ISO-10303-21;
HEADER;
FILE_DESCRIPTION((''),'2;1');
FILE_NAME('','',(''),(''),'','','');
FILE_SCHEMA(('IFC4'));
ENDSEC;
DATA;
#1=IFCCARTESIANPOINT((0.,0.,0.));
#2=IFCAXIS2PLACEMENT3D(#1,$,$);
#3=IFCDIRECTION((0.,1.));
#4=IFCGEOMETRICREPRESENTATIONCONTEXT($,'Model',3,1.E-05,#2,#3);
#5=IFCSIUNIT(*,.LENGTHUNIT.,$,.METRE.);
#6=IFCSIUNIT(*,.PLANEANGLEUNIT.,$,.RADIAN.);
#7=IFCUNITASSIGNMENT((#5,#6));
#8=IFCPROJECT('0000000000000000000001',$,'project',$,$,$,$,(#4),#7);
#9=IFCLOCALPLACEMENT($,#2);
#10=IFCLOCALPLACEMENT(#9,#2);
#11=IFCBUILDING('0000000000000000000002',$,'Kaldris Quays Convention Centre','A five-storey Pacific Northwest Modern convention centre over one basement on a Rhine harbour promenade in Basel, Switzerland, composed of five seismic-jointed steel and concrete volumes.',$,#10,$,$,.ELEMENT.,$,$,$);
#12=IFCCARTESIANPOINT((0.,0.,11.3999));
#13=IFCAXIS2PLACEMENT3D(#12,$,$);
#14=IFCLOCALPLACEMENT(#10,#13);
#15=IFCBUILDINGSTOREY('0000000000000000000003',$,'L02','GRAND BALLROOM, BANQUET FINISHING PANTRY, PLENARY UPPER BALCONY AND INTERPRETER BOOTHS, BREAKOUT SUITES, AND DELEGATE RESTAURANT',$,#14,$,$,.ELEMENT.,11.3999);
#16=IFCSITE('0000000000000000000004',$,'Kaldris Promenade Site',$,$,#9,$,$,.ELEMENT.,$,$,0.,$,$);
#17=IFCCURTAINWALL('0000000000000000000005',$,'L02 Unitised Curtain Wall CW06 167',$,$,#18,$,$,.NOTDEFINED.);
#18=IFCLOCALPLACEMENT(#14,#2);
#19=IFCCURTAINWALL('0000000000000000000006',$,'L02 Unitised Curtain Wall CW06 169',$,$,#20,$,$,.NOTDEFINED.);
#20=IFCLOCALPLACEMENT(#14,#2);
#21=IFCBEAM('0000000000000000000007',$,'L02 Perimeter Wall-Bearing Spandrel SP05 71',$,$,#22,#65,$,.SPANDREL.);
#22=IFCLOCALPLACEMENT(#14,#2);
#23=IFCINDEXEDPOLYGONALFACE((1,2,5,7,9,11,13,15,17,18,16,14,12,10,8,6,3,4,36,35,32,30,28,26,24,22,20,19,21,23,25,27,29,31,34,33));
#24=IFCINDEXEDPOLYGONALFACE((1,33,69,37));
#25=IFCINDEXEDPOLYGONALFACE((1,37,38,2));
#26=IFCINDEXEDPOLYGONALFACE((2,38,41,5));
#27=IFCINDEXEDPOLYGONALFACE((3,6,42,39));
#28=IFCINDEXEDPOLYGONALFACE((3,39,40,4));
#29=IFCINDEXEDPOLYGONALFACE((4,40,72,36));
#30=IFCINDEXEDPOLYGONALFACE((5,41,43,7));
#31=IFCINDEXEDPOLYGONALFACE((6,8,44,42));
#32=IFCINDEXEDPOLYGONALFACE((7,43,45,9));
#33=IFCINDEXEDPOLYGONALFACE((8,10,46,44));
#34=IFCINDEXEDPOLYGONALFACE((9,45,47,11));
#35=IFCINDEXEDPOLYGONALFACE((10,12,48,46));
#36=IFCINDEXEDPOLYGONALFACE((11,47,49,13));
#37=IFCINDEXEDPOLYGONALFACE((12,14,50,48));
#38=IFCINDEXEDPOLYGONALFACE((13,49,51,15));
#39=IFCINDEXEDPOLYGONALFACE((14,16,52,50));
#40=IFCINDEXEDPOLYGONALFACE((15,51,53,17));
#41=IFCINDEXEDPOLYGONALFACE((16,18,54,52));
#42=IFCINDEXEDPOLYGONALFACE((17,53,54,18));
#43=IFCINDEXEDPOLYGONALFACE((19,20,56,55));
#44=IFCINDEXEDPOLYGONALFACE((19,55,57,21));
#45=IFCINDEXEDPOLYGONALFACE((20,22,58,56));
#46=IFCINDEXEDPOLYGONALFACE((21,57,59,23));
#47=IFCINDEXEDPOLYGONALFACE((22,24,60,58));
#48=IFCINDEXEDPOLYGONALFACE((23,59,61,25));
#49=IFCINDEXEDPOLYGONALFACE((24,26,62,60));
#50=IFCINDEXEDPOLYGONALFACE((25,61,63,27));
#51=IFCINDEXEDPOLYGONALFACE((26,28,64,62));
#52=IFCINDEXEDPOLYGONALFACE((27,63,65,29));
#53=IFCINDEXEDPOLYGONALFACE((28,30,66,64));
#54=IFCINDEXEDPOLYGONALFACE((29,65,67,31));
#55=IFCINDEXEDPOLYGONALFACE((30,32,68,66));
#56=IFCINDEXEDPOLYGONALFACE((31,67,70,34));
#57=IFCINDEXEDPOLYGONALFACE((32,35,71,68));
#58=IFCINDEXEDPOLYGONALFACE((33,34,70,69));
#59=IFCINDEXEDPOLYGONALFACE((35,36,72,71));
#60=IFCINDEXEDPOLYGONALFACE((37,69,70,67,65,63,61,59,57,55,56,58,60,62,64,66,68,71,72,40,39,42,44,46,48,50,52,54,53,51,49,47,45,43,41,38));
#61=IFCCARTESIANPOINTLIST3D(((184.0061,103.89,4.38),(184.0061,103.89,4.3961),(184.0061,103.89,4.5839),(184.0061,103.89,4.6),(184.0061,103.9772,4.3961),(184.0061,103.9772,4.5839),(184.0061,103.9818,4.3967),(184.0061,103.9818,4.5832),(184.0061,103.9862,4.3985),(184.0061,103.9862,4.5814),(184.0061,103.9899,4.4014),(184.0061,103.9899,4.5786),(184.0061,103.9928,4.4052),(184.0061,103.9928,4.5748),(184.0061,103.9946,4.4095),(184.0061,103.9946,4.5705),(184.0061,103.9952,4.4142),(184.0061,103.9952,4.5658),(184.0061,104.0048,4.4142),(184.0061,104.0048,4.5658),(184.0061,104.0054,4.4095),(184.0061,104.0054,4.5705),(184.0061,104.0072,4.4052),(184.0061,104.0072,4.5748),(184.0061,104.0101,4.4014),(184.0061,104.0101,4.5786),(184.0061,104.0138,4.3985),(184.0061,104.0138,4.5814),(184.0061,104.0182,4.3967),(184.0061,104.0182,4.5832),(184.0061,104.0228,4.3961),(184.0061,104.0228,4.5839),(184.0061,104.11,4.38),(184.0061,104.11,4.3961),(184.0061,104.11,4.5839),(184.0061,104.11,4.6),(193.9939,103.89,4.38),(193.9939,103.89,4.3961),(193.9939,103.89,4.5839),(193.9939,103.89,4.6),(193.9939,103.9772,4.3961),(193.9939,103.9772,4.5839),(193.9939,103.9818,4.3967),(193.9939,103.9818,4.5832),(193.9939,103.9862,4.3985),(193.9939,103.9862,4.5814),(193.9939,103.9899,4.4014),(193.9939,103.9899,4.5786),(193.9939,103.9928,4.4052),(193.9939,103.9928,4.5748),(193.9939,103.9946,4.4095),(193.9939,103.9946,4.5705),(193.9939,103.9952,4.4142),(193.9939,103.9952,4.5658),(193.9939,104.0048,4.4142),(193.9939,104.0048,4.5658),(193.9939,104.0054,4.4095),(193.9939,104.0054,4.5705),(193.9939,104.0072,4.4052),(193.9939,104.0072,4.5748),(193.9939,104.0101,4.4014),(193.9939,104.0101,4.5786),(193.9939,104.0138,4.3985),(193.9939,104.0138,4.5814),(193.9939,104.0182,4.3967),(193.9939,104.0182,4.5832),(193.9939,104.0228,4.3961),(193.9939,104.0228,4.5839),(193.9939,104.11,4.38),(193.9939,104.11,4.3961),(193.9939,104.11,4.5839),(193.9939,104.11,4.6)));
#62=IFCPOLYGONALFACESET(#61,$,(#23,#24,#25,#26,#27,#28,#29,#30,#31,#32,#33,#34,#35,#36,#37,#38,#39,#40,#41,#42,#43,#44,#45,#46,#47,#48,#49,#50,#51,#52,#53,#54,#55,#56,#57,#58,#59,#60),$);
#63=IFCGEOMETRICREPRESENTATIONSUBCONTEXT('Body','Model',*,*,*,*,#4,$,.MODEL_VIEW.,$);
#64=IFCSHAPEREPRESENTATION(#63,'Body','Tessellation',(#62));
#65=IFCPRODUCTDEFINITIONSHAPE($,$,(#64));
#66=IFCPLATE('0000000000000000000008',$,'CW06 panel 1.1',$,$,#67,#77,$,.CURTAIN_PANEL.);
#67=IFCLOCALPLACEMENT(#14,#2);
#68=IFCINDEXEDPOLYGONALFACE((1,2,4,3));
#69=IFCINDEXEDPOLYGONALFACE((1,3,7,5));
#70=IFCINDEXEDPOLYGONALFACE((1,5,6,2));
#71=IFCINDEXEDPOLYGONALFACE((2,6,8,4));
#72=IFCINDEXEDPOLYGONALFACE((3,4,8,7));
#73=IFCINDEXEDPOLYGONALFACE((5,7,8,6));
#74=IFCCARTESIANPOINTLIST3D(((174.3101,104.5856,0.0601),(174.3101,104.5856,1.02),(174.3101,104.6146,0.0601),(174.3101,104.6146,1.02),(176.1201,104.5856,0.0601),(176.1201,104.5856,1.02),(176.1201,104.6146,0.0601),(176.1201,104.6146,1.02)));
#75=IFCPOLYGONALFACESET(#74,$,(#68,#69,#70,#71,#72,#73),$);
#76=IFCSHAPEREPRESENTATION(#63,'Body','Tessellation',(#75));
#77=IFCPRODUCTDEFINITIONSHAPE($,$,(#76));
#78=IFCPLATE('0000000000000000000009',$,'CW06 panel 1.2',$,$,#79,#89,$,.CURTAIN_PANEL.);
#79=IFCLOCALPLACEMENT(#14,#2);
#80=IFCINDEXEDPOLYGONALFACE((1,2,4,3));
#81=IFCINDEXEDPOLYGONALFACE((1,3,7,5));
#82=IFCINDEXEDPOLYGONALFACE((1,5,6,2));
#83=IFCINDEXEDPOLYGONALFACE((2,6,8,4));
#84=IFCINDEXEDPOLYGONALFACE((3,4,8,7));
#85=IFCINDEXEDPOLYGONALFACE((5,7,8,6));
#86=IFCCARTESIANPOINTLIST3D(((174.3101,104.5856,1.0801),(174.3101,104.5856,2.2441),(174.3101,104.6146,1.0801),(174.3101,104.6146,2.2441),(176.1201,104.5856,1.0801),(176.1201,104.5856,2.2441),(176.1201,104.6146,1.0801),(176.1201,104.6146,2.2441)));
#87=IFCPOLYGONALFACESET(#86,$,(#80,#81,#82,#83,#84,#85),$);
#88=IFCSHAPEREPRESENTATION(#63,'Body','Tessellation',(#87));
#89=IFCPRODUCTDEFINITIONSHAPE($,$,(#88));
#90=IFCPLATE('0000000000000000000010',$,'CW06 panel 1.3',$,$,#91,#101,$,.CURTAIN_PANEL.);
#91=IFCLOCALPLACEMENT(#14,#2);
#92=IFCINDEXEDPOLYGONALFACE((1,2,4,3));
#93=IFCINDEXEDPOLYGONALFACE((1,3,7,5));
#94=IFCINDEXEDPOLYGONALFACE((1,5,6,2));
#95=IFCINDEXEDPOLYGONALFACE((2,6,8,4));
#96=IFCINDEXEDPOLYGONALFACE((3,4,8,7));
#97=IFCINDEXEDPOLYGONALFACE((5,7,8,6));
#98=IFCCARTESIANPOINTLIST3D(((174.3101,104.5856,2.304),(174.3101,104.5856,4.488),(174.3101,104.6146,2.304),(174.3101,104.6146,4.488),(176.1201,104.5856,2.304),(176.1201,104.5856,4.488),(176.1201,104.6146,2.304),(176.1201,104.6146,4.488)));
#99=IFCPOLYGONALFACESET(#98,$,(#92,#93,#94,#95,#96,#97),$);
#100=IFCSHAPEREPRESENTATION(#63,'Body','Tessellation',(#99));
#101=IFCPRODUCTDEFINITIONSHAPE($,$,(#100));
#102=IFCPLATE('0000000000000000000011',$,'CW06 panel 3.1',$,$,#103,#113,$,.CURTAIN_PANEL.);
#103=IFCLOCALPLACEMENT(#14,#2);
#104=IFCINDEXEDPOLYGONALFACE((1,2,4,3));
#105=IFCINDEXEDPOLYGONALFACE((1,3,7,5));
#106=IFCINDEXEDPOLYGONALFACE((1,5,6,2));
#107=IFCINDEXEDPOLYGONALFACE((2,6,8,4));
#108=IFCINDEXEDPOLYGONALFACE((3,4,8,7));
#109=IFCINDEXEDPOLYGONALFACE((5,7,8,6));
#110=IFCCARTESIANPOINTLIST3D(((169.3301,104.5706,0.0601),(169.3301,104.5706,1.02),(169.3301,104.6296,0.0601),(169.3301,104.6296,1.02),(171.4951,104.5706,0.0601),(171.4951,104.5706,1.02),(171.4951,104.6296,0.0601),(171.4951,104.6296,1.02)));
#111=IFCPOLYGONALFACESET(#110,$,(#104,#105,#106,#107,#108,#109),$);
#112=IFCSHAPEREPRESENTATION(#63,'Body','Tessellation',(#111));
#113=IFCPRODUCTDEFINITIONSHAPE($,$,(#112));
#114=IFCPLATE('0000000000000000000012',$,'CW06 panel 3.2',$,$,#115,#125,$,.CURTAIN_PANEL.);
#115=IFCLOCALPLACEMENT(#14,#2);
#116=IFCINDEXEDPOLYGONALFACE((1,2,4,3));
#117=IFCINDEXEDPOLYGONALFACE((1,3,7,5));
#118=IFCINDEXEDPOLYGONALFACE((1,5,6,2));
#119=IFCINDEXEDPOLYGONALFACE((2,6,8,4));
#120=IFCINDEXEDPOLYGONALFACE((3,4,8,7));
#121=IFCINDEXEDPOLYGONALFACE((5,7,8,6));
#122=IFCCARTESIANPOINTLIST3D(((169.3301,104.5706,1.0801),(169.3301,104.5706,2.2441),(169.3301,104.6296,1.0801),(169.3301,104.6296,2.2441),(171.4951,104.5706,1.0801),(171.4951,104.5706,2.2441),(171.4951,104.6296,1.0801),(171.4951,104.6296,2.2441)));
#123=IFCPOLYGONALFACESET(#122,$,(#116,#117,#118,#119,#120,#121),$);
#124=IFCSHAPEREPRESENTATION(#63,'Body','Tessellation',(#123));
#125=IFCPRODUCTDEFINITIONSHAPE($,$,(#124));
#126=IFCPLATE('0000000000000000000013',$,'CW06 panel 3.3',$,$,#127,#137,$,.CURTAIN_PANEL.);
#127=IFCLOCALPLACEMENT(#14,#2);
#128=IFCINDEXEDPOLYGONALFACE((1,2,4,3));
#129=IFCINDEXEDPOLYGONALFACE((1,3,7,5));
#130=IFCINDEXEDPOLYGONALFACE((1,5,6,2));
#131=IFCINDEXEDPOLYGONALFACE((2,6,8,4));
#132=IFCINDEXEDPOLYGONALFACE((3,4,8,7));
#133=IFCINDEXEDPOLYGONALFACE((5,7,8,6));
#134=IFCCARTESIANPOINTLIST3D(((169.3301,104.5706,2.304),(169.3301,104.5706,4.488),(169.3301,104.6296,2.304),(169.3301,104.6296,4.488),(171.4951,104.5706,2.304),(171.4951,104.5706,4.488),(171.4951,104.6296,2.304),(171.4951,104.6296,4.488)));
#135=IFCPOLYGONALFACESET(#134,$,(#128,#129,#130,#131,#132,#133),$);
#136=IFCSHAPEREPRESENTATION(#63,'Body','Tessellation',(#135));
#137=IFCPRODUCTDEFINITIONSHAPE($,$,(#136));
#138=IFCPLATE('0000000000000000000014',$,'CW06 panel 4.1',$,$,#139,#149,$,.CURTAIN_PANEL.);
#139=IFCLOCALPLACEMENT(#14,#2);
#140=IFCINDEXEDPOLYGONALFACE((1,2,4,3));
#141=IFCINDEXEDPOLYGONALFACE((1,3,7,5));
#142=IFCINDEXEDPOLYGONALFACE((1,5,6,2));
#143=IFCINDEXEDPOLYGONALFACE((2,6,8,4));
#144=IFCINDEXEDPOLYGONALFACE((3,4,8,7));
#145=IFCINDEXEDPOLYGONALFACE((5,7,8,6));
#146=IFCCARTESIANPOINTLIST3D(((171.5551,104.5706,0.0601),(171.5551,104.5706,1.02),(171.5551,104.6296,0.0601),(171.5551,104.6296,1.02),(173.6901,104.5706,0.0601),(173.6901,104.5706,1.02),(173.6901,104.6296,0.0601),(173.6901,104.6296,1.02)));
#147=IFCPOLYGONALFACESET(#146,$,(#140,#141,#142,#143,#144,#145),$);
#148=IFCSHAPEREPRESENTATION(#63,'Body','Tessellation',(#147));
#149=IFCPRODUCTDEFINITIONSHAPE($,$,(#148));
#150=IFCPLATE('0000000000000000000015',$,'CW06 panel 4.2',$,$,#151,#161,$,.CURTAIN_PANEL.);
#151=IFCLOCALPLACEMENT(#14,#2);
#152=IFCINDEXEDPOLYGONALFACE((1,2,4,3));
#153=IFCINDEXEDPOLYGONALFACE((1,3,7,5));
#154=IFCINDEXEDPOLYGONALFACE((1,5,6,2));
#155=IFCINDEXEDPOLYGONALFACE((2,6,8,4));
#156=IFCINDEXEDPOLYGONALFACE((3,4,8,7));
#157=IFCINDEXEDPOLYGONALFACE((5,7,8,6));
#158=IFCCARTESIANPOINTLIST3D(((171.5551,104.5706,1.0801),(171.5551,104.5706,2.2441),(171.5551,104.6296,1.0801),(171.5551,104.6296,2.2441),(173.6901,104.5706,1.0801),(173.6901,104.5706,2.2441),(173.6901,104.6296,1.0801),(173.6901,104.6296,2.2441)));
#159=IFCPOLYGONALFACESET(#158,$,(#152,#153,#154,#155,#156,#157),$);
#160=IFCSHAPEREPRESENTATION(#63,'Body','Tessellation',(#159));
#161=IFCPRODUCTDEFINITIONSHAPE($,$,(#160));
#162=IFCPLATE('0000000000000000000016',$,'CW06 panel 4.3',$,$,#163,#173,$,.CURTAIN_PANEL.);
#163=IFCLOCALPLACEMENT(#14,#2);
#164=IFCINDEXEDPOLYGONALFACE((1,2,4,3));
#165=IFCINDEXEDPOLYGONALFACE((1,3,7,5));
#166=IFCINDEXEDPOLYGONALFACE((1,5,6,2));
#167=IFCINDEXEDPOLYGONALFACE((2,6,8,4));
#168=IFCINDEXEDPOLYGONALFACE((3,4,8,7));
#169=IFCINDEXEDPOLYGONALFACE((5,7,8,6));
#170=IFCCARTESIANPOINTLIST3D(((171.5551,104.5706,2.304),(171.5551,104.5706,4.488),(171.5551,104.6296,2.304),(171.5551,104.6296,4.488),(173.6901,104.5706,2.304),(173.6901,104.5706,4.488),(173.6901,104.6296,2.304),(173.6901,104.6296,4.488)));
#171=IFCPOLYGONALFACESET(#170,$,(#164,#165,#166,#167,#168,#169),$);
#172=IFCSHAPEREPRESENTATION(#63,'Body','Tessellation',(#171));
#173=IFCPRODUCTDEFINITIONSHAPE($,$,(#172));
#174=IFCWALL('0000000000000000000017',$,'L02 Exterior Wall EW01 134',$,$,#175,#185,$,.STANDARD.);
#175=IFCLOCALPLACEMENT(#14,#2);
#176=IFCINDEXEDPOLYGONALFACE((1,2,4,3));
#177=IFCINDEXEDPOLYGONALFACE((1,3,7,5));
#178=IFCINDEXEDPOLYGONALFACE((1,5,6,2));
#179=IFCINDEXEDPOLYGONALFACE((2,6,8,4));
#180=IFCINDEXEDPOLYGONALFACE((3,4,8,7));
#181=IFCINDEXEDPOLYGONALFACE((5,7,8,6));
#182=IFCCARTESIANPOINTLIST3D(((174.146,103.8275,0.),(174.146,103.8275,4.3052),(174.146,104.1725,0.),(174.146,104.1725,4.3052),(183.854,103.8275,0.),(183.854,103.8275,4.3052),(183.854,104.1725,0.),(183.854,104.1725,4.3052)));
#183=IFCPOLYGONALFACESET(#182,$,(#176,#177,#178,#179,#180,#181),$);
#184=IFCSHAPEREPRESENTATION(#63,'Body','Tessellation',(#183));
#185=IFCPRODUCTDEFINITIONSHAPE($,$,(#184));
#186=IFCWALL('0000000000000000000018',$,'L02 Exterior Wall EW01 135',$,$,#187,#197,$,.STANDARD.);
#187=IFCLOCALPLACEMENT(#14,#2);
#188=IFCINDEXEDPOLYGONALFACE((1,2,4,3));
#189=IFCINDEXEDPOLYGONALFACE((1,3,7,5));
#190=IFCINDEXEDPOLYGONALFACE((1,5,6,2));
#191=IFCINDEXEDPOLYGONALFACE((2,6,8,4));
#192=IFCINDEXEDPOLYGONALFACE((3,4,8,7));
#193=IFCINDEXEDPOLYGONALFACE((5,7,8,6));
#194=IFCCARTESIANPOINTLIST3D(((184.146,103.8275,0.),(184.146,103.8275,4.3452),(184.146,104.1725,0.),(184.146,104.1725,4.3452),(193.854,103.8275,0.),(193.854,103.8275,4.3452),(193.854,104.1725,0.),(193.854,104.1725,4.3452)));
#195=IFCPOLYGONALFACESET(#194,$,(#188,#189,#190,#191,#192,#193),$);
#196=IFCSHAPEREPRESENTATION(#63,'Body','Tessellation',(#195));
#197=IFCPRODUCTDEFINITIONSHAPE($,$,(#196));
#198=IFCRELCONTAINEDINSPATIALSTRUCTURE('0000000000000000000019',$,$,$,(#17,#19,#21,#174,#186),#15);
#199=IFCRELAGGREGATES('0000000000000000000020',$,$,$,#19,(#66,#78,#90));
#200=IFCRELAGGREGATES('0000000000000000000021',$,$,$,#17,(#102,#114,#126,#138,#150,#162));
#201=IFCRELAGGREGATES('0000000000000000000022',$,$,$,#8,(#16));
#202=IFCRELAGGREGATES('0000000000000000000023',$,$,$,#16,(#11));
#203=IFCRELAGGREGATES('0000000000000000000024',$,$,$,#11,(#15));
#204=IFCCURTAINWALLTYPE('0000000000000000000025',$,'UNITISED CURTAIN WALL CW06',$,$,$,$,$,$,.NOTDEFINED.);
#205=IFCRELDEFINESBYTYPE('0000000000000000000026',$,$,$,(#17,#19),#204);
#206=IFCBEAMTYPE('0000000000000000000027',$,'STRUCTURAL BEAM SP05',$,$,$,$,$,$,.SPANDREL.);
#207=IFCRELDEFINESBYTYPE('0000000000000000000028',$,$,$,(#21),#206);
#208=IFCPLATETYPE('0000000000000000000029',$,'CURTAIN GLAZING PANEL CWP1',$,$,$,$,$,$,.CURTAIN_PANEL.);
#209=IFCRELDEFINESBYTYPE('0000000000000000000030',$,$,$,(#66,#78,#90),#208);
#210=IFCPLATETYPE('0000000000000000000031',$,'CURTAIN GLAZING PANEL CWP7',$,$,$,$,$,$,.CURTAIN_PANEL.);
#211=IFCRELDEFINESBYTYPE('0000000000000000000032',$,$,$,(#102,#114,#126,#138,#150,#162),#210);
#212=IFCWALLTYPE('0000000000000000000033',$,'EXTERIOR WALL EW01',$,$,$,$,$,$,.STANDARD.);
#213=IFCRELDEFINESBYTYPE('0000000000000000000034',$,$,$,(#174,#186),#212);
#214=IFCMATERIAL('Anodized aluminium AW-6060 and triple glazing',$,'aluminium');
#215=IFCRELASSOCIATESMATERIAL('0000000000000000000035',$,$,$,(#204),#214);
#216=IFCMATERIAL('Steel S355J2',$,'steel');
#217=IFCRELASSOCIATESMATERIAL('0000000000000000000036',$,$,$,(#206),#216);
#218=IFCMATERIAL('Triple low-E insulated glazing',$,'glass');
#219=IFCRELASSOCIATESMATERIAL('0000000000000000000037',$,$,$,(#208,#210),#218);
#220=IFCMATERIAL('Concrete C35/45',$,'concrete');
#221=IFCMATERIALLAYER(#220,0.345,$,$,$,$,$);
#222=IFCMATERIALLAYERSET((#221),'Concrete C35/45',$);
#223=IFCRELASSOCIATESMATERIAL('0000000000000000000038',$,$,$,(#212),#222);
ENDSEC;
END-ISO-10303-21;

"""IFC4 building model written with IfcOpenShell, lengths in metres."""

from ifc_helpers import new_model, si_unit, direction, frame, frame_2d, origin, origin_2d, place, context, subcontext, project, spatial, rectangle, i_section, extrude, material, layer, layer_set, material_profile, profile_set, type_object, element, aggregate, save


model = new_model("IFC4")

# Units and contexts
model_context = context("Model", 3, precision=1e-05, world=origin(), true_north=direction((0.0, 1.0)))
body_context = subcontext(model_context, "Body", "Model", "MODEL_VIEW")
ifc_project = project(units=[si_unit("LENGTHUNIT", "METRE"), si_unit("PLANEANGLEUNIT", "RADIAN")], contexts=[model_context])

# Site, building, storey
site_placement = place(None, origin())
site = spatial("IfcSite", under=ifc_project, at=site_placement, Name="Kaldris Promenade Site", CompositionType="ELEMENT", RefElevation=0.0)
building_placement = place(site_placement, origin())
building = spatial("IfcBuilding", under=site, at=building_placement, Name="Kaldris Quays Convention Centre", Description="A five-storey Pacific Northwest Modern convention centre over one basement on a Rhine harbour promenade in Basel, Switzerland, composed of five seismic-jointed steel and concrete volumes.", CompositionType="ELEMENT")
storey_placement = place(building_placement, frame((0.0, 0.0, 11.3999)))
storey = spatial("IfcBuildingStorey", under=building, at=storey_placement, Name="L02", Description="GRAND BALLROOM, BANQUET FINISHING PANTRY, PLENARY UPPER BALCONY AND INTERPRETER BOOTHS, BREAKOUT SUITES, AND DELEGATE RESTAURANT", CompositionType="ELEMENT", Elevation=11.3999)

# Shared definitions
ifc_material_1 = material(Name="Steel S355J2", Category="steel")

# Curtain walls
ifc_material_2 = material(Name="Anodized aluminium AW-6060 and triple glazing", Category="aluminium")
curtain_wall_type = type_object("IfcCurtainWallType", Name="UNITISED CURTAIN WALL CW06", PredefinedType="NOTDEFINED", material=ifc_material_2)
curtain_wall_1_placement = place(storey_placement, origin())
curtain_wall_1 = element("IfcCurtainWall", 1, at=curtain_wall_1_placement, inside=storey, type_object=curtain_wall_type, Name="L02 Unitised Curtain Wall CW06 167", PredefinedType="NOTDEFINED")
curtain_wall_2_placement = place(storey_placement, origin())
curtain_wall_2 = element("IfcCurtainWall", 2, at=curtain_wall_2_placement, inside=storey, type_object=curtain_wall_type, Name="L02 Unitised Curtain Wall CW06 169", PredefinedType="NOTDEFINED")

# Beam
ifc_material_profile_1 = material_profile(ifc_material_1, i_section(OverallWidth=0.22, OverallDepth=0.22, WebThickness=0.0095, FlangeThickness=0.0161, FilletRadius=0.0181, at=origin_2d()), Name="HEB 220")
ifc_profile_set_1 = profile_set([ifc_material_profile_1], Name="Steel S355J2")
beam_type_1 = type_object("IfcBeamType", Name="STRUCTURAL BEAM SP05", PredefinedType="SPANDREL", material=ifc_profile_set_1)
beam_1_placement = place(storey_placement, frame((184.0061, 104.0, 4.49), z_axis=(1.0, 0.0, 0.0), x_axis=(0.0, 1.0, 0.0)))
element("IfcBeam", 3, at=beam_1_placement, inside=storey, type_object=beam_type_1, Name="L02 Perimeter Wall-Bearing Spandrel SP05 71", PredefinedType="SPANDREL", context=body_context, shape_type="SweptSolid", body=[
    extrude(i_section(OverallWidth=0.22, OverallDepth=0.22, WebThickness=0.0095, FlangeThickness=0.0161, FilletRadius=0.0181, at=origin_2d()), origin(), (0.0, 0.0, 1.0), 9.9878),
])

# Plates
ifc_material_3 = material(Name="Triple low-E insulated glazing", Category="glass")
plate_type_1 = type_object("IfcPlateType", Name="CURTAIN GLAZING PANEL CWP1", PredefinedType="CURTAIN_PANEL", material=ifc_material_3)
plate_1_placement = place(storey_placement, frame((175.2151, 104.6001, 0.0601), z_axis=(0.0, 0.0, 1.0), x_axis=(1.0, 0.0, 0.0)))
plate_1 = element("IfcPlate", 4, at=plate_1_placement, type_object=plate_type_1, Name="CW06 panel 1.1", PredefinedType="CURTAIN_PANEL", context=body_context, shape_type="SweptSolid", body=[
    extrude(rectangle(XDim=1.8101, YDim=0.0291, at=origin_2d()), origin(), (0.0, 0.0, 1.0), 0.96),
])
plate_2_placement = place(storey_placement, frame((175.2151, 104.6001, 1.0801), z_axis=(0.0, 0.0, 1.0), x_axis=(1.0, 0.0, 0.0)))
plate_2 = element("IfcPlate", 5, at=plate_2_placement, type_object=plate_type_1, Name="CW06 panel 1.2", PredefinedType="CURTAIN_PANEL", context=body_context, shape_type="SweptSolid", body=[
    extrude(rectangle(XDim=1.8101, YDim=0.0291, at=origin_2d()), origin(), (0.0, 0.0, 1.0), 1.1641),
])
plate_3_placement = place(storey_placement, frame((175.2151, 104.6001, 2.304), z_axis=(0.0, 0.0, 1.0), x_axis=(1.0, 0.0, 0.0)))
plate_3 = element("IfcPlate", 6, at=plate_3_placement, type_object=plate_type_1, Name="CW06 panel 1.3", PredefinedType="CURTAIN_PANEL", context=body_context, shape_type="SweptSolid", body=[
    extrude(rectangle(XDim=1.8101, YDim=0.0291, at=origin_2d()), origin(), (0.0, 0.0, 1.0), 2.1841),
])
aggregate(curtain_wall_2, [plate_1, plate_2, plate_3])
plate_type_2 = type_object("IfcPlateType", Name="CURTAIN GLAZING PANEL CWP7", PredefinedType="CURTAIN_PANEL", material=ifc_material_3)
plate_4_placement = place(storey_placement, frame((170.4126, 104.6001, 0.0601), z_axis=(0.0, 0.0, 1.0), x_axis=(1.0, 0.0, 0.0)))
plate_4 = element("IfcPlate", 7, at=plate_4_placement, type_object=plate_type_2, Name="CW06 panel 3.1", PredefinedType="CURTAIN_PANEL", context=body_context, shape_type="SweptSolid", body=[
    extrude(rectangle(XDim=2.165, YDim=0.0591, at=origin_2d()), origin(), (0.0, 0.0, 1.0), 0.96),
])
plate_5_placement = place(storey_placement, frame((170.4126, 104.6001, 1.0801), z_axis=(0.0, 0.0, 1.0), x_axis=(1.0, 0.0, 0.0)))
plate_5 = element("IfcPlate", 8, at=plate_5_placement, type_object=plate_type_2, Name="CW06 panel 3.2", PredefinedType="CURTAIN_PANEL", context=body_context, shape_type="SweptSolid", body=[
    extrude(rectangle(XDim=2.165, YDim=0.0591, at=origin_2d()), origin(), (0.0, 0.0, 1.0), 1.1641),
])
plate_6_placement = place(storey_placement, frame((170.4126, 104.6001, 2.304), z_axis=(0.0, 0.0, 1.0), x_axis=(1.0, 0.0, 0.0)))
plate_6 = element("IfcPlate", 9, at=plate_6_placement, type_object=plate_type_2, Name="CW06 panel 3.3", PredefinedType="CURTAIN_PANEL", context=body_context, shape_type="SweptSolid", body=[
    extrude(rectangle(XDim=2.165, YDim=0.0591, at=origin_2d()), origin(), (0.0, 0.0, 1.0), 2.1841),
])
plate_7_placement = place(storey_placement, frame((172.6226, 104.6001, 0.0601), z_axis=(0.0, 0.0, 1.0), x_axis=(1.0, 0.0, 0.0)))
plate_7 = element("IfcPlate", 10, at=plate_7_placement, type_object=plate_type_2, Name="CW06 panel 4.1", PredefinedType="CURTAIN_PANEL", context=body_context, shape_type="SweptSolid", body=[
    extrude(rectangle(XDim=2.135, YDim=0.0591, at=origin_2d()), origin(), (0.0, 0.0, 1.0), 0.96),
])
plate_8_placement = place(storey_placement, frame((172.6226, 104.6001, 1.0801), z_axis=(0.0, 0.0, 1.0), x_axis=(1.0, 0.0, 0.0)))
plate_8 = element("IfcPlate", 11, at=plate_8_placement, type_object=plate_type_2, Name="CW06 panel 4.2", PredefinedType="CURTAIN_PANEL", context=body_context, shape_type="SweptSolid", body=[
    extrude(rectangle(XDim=2.135, YDim=0.0591, at=origin_2d()), origin(), (0.0, 0.0, 1.0), 1.1641),
])
plate_9_placement = place(storey_placement, frame((172.6226, 104.6001, 2.304), z_axis=(0.0, 0.0, 1.0), x_axis=(1.0, 0.0, 0.0)))
plate_9 = element("IfcPlate", 12, at=plate_9_placement, type_object=plate_type_2, Name="CW06 panel 4.3", PredefinedType="CURTAIN_PANEL", context=body_context, shape_type="SweptSolid", body=[
    extrude(rectangle(XDim=2.135, YDim=0.0591, at=origin_2d()), origin(), (0.0, 0.0, 1.0), 2.1841),
])
aggregate(curtain_wall_1, [plate_4, plate_5, plate_6, plate_7, plate_8, plate_9])

# Walls
ifc_material_4 = material(Name="Concrete C35/45", Category="concrete")
ifc_layer = layer(ifc_material_4, 0.345)
ifc_layer_set = layer_set([ifc_layer], Name="Concrete C35/45")
wall_type = type_object("IfcWallType", Name="EXTERIOR WALL EW01", PredefinedType="STANDARD", material=ifc_layer_set)
wall_1_placement = place(storey_placement, frame((174.146, 104.0, 0.0), z_axis=(0.0, 0.0, 1.0), x_axis=(1.0, 0.0, 0.0)))
element("IfcWall", 13, at=wall_1_placement, inside=storey, type_object=wall_type, Name="L02 Exterior Wall EW01 134", PredefinedType="STANDARD", context=body_context, shape_type="SweptSolid", body=[
    extrude(rectangle(XDim=9.708, YDim=0.345, at=frame_2d((4.854, 0.0))), origin(), (0.0, 0.0, 1.0), 4.3052),
])
wall_2_placement = place(storey_placement, frame((184.146, 104.0, 0.0), z_axis=(0.0, 0.0, 1.0), x_axis=(1.0, 0.0, 0.0)))
element("IfcWall", 14, at=wall_2_placement, inside=storey, type_object=wall_type, Name="L02 Exterior Wall EW01 135", PredefinedType="STANDARD", context=body_context, shape_type="SweptSolid", body=[
    extrude(rectangle(XDim=9.708, YDim=0.345, at=frame_2d((4.854, 0.0))), origin(), (0.0, 0.0, 1.0), 4.3452),
])

save(model, "model.ifc")
